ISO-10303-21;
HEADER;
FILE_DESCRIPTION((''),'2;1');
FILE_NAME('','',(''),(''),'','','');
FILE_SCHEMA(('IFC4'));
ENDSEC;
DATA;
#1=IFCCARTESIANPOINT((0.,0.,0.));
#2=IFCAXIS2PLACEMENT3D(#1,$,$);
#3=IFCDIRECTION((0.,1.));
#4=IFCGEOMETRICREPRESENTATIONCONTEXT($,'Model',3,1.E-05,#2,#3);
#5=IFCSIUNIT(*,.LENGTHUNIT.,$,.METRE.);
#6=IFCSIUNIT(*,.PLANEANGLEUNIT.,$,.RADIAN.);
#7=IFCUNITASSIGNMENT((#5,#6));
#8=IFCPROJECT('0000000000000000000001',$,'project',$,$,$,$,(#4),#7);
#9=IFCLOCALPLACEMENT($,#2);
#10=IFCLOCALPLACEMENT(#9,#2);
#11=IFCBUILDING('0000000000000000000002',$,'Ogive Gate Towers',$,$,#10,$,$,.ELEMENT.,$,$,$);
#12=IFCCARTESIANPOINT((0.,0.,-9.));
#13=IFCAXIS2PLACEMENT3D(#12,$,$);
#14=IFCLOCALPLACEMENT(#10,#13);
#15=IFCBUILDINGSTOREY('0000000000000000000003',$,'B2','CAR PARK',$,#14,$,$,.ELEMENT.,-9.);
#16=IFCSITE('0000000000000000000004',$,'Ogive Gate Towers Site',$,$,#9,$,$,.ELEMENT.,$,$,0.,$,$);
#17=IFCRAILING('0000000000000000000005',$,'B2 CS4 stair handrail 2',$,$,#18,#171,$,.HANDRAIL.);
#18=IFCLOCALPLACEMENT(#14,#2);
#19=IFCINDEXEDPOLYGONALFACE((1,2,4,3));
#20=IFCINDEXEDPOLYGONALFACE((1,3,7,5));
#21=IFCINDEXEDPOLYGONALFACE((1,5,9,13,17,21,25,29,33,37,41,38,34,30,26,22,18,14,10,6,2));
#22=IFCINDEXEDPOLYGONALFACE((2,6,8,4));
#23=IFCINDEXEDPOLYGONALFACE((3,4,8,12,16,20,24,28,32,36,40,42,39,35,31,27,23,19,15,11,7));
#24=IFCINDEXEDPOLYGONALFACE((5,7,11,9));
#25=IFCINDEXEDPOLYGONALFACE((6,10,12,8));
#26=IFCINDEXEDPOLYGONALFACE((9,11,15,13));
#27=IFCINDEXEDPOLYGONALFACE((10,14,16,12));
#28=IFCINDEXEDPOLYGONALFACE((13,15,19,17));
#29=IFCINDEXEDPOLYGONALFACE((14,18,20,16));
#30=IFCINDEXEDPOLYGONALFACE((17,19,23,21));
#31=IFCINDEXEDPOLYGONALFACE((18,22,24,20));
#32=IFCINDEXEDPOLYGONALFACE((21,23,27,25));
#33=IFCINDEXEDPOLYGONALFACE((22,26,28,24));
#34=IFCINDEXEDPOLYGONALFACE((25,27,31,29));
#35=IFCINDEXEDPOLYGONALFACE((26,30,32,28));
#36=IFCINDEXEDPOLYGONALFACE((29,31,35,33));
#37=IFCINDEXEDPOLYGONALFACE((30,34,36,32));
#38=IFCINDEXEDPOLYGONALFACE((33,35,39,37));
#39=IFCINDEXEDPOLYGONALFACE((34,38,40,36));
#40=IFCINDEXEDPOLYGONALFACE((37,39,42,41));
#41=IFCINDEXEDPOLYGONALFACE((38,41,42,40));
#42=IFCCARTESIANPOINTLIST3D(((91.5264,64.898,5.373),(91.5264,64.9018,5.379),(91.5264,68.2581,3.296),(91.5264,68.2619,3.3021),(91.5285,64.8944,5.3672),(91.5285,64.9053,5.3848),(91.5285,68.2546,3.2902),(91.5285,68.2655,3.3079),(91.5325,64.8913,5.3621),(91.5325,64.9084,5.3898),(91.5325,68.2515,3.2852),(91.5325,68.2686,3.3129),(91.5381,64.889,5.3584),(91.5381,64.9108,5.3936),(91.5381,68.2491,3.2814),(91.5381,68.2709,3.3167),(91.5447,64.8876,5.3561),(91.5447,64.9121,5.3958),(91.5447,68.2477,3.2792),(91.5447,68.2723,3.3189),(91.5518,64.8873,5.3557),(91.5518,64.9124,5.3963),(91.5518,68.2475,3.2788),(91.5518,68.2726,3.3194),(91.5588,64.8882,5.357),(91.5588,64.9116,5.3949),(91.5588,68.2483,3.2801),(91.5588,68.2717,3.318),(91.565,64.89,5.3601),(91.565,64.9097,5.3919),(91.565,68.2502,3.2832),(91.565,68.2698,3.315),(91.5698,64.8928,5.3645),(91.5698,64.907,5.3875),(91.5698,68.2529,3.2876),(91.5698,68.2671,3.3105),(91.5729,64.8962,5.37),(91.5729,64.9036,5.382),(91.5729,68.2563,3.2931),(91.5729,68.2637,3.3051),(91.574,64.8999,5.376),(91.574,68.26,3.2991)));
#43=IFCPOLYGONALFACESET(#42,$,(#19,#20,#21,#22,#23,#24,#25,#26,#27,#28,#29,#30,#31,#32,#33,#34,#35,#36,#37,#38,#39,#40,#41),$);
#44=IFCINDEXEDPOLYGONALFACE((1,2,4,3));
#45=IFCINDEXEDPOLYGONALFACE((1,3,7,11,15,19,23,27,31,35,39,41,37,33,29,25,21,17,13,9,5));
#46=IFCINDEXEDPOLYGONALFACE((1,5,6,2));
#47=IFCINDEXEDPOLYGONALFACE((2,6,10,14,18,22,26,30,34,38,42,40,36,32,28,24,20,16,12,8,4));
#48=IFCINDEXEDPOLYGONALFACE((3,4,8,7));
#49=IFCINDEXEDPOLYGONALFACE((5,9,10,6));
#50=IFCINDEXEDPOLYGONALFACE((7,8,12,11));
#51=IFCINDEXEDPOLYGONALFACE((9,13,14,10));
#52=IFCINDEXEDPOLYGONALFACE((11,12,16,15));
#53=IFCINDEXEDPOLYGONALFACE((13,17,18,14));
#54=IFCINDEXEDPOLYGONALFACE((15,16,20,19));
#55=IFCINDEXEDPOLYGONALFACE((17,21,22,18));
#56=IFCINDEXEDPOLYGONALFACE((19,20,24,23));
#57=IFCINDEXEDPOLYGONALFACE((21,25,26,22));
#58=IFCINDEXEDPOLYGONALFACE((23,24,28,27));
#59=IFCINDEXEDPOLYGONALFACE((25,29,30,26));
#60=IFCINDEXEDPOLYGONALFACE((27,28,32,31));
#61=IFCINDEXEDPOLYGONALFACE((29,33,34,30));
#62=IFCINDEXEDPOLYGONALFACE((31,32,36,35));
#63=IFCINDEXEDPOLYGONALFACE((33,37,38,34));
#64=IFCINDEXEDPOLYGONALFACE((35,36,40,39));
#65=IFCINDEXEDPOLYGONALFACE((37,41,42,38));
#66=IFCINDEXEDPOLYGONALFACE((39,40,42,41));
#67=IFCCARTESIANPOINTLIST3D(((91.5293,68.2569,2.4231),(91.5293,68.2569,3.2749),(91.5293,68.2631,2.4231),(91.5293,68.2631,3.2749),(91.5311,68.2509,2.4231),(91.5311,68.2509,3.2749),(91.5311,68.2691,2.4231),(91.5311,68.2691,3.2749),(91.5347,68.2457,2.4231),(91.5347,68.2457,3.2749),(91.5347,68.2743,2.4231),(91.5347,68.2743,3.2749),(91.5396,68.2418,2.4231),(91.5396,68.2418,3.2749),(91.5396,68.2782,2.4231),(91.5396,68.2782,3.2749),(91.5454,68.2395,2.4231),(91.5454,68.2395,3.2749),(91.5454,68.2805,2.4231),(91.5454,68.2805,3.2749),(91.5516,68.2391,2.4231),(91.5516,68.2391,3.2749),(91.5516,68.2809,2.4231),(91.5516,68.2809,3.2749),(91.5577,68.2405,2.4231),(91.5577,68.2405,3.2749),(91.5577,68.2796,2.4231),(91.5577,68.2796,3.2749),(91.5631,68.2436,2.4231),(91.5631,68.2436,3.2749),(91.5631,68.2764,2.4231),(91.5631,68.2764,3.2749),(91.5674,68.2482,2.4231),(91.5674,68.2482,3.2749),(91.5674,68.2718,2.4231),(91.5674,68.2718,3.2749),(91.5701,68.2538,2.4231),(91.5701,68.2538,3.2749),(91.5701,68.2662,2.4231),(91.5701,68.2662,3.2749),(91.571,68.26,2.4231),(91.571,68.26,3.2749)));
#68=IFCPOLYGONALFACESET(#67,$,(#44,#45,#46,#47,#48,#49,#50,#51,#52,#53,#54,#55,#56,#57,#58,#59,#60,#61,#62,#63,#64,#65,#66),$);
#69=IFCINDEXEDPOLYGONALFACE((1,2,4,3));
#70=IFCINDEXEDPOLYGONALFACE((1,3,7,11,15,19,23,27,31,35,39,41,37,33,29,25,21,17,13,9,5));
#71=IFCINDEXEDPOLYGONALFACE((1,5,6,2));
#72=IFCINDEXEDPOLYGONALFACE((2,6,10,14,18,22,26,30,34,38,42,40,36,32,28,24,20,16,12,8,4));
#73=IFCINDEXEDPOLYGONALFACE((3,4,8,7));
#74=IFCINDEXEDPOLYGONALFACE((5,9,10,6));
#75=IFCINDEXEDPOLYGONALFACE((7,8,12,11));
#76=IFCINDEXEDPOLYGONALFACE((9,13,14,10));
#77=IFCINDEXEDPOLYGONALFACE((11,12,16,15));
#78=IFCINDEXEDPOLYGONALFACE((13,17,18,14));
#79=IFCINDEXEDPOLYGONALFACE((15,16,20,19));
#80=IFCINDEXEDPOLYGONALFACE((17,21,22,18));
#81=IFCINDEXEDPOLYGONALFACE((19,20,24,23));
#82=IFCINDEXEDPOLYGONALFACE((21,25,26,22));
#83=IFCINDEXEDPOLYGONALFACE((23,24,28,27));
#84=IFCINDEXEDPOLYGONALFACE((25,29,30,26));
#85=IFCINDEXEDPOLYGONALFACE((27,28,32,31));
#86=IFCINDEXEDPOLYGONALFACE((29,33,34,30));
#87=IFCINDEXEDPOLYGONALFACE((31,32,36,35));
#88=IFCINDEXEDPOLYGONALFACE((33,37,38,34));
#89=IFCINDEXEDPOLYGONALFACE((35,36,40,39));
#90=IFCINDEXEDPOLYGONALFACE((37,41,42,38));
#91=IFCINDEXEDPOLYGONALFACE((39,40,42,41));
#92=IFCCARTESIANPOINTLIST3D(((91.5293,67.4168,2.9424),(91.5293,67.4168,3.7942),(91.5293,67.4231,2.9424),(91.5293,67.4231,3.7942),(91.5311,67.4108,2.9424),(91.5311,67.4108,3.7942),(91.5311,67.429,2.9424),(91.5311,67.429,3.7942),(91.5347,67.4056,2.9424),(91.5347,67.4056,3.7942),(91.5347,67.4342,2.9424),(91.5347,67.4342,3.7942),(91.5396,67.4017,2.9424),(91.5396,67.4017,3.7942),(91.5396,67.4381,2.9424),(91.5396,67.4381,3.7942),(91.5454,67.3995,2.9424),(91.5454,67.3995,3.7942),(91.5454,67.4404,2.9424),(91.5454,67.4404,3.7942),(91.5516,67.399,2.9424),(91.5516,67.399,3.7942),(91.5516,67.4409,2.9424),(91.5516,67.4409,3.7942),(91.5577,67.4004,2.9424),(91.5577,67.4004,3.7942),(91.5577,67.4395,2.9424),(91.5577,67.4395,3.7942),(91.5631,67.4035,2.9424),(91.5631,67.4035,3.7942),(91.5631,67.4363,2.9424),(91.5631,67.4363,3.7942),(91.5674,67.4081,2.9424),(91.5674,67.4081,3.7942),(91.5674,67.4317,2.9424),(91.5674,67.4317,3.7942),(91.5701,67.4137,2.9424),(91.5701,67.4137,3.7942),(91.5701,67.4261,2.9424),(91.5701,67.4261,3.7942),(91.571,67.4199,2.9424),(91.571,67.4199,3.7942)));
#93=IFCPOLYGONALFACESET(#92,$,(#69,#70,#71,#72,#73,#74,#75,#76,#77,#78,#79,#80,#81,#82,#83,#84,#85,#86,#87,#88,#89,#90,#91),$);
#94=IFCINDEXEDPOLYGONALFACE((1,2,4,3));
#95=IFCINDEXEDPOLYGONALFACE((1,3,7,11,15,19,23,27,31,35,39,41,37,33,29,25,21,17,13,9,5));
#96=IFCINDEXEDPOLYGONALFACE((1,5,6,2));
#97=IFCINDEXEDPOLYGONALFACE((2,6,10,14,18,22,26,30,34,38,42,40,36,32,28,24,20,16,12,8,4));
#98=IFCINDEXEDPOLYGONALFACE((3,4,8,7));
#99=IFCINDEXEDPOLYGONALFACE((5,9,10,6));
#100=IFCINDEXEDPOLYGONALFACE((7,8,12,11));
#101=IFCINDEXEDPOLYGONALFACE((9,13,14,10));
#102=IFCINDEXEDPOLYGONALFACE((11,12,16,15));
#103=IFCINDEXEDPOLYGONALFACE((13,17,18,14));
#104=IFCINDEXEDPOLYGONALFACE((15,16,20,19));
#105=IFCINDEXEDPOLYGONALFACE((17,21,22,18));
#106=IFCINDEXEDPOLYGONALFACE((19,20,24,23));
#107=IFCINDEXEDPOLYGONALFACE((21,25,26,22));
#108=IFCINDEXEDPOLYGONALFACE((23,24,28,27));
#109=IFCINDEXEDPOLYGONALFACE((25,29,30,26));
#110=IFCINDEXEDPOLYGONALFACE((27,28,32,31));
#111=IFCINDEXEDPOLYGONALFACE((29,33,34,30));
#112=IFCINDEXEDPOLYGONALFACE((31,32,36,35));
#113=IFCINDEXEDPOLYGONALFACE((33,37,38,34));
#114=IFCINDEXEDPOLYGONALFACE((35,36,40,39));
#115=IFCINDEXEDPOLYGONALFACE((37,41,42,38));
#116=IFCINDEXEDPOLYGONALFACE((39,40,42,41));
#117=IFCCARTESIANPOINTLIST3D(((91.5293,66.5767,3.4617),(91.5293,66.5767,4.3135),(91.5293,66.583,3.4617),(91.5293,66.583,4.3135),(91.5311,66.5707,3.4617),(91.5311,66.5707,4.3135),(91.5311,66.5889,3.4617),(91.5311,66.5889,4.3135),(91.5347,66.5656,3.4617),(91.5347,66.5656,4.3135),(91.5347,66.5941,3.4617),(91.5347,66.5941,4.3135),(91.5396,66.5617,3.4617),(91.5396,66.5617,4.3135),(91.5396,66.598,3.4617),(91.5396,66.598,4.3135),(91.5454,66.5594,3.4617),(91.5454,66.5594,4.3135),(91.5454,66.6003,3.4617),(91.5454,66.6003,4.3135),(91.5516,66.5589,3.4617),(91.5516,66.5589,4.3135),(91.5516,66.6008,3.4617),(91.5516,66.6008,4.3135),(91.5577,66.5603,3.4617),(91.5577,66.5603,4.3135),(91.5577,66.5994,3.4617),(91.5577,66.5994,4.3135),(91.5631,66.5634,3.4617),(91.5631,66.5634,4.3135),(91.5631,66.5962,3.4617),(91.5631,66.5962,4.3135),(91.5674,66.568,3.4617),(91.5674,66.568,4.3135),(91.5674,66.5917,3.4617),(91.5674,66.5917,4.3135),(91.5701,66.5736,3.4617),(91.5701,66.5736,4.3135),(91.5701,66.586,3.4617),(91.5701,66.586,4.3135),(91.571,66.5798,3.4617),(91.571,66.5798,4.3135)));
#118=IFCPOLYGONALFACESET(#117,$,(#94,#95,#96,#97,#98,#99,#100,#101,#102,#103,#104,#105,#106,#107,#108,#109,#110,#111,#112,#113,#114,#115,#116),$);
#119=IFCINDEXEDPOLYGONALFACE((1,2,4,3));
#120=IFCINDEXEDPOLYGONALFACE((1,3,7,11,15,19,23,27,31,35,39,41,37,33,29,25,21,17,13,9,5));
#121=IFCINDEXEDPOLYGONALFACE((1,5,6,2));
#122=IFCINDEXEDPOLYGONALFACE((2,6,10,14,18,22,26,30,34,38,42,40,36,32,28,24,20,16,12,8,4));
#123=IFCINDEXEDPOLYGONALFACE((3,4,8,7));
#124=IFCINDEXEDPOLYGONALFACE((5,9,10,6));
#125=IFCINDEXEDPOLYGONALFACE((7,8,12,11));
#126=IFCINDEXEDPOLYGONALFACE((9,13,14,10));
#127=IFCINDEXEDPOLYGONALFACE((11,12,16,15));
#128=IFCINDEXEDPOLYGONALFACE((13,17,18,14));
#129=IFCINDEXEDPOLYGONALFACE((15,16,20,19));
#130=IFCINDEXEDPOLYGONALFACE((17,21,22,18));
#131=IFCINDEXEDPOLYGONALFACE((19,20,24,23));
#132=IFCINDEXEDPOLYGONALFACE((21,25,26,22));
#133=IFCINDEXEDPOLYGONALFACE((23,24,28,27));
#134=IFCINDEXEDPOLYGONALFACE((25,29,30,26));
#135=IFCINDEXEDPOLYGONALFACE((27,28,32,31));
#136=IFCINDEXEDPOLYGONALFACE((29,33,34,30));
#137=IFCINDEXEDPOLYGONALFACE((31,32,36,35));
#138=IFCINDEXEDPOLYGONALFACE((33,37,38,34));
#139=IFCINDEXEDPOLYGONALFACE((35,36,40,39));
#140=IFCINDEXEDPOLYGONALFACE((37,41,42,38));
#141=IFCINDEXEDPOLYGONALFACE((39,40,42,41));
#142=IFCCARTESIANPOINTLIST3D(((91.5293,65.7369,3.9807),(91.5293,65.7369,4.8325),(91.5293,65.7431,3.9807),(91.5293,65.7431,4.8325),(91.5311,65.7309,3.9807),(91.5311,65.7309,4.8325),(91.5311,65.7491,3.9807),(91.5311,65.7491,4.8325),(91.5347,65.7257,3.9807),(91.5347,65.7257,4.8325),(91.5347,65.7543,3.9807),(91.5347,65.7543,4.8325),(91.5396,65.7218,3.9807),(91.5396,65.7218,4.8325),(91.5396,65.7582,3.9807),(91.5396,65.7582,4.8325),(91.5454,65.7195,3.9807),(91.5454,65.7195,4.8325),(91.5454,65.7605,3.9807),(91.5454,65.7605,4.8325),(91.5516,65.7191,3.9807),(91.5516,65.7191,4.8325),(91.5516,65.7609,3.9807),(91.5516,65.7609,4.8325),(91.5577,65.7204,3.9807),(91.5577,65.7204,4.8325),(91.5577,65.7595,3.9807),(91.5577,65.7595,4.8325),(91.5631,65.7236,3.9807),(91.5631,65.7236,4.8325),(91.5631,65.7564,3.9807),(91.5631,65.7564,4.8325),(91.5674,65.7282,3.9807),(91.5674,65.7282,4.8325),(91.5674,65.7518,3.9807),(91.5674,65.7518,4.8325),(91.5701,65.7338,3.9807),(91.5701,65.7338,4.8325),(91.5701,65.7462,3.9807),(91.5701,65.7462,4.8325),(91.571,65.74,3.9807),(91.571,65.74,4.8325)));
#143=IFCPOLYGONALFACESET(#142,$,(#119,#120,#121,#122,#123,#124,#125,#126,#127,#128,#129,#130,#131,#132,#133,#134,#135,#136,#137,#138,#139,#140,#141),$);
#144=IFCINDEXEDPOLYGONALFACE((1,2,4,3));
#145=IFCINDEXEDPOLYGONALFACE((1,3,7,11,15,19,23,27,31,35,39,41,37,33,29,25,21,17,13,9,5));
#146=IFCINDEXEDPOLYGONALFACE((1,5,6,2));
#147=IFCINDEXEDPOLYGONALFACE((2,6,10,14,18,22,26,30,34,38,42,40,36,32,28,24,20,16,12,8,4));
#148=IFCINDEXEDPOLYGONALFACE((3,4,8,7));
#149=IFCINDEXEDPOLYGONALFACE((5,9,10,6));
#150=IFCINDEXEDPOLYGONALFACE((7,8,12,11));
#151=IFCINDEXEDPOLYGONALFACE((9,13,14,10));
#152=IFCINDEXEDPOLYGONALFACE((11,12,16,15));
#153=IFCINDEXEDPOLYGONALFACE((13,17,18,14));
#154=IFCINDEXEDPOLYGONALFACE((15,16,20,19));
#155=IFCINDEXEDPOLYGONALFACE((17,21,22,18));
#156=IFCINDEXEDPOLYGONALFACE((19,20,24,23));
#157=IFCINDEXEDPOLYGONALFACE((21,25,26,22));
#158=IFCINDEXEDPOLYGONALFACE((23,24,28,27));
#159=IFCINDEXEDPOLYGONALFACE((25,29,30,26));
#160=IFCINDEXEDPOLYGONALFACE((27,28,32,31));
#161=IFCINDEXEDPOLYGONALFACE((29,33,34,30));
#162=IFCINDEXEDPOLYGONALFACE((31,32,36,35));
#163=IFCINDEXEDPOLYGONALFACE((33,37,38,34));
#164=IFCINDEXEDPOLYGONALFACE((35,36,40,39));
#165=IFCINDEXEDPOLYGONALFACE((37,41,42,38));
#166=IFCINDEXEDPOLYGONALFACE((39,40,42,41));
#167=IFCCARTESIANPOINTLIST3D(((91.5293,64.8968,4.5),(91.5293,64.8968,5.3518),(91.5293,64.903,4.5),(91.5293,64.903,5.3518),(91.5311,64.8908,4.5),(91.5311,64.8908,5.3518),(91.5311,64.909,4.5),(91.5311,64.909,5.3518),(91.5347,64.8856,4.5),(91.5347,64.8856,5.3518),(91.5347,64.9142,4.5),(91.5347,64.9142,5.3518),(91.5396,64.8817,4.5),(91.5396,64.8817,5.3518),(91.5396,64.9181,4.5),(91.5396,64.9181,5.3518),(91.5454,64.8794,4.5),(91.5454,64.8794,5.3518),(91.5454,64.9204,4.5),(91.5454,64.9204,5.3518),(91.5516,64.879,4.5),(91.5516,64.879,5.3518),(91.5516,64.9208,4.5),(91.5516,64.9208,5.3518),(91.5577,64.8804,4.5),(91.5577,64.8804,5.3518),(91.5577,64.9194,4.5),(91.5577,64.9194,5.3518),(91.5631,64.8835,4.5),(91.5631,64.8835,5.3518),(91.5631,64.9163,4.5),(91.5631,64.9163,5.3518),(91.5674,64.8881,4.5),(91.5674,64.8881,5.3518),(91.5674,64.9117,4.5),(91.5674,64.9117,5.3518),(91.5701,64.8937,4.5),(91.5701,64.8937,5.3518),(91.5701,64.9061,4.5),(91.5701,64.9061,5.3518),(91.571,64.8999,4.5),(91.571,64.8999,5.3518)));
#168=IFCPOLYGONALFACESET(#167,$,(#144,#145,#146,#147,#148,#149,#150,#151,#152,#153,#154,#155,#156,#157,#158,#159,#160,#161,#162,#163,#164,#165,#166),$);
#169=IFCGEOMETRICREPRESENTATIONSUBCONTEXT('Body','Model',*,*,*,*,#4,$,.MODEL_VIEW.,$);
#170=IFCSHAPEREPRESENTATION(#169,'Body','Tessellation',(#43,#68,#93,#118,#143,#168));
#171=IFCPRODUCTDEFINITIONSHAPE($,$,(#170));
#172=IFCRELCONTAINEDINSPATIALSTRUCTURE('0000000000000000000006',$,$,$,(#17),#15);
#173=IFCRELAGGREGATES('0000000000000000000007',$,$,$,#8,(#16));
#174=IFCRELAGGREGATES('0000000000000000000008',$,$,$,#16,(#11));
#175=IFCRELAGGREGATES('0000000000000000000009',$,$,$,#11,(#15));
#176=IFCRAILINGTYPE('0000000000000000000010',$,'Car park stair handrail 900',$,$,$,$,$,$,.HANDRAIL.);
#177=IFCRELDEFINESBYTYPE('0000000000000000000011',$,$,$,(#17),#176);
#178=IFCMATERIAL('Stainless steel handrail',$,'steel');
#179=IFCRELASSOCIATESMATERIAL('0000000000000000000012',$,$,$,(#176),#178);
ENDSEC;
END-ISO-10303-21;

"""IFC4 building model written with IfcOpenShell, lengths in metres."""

from ifc_helpers import new_model, si_unit, direction, frame, origin, origin_2d, place, context, subcontext, project, spatial, circle, extrude, material, type_object, element, save


model = new_model("IFC4")

# Units and contexts
model_context = context("Model", 3, precision=1e-05, world=origin(), true_north=direction((0.0, 1.0)))
body_context = subcontext(model_context, "Body", "Model", "MODEL_VIEW")
ifc_project = project(units=[si_unit("LENGTHUNIT", "METRE"), si_unit("PLANEANGLEUNIT", "RADIAN")], contexts=[model_context])

# Site, building, storey
site_placement = place(None, origin())
site = spatial("IfcSite", under=ifc_project, at=site_placement, Name="Ogive Gate Towers Site", CompositionType="ELEMENT", RefElevation=0.0)
building_placement = place(site_placement, origin())
building = spatial("IfcBuilding", under=site, at=building_placement, Name="Ogive Gate Towers", CompositionType="ELEMENT")
storey_placement = place(building_placement, frame((0.0, 0.0, -9.0)))
storey = spatial("IfcBuildingStorey", under=building, at=storey_placement, Name="B2", Description="CAR PARK", CompositionType="ELEMENT", Elevation=-9.0)

# Railing
ifc_material_1 = material(Name="Stainless steel handrail", Category="steel")
railing_type_1 = type_object("IfcRailingType", Name="Car park stair handrail 900", PredefinedType="HANDRAIL", material=ifc_material_1)
railing_1_placement = place(storey_placement, frame((91.55, 68.26, 2.4231)))
element("IfcRailing", 1, at=railing_1_placement, inside=storey, type_object=railing_type_1, Name="B2 CS4 stair handrail 2", PredefinedType="HANDRAIL", context=body_context, shape_type="SweptSolid", body=[
    extrude(circle(Radius=0.0239, at=origin_2d()), frame((0.0, 0.0, 0.876), z_axis=(0.0, -0.850623, 0.525776), x_axis=(1.0, 0.0, 0.0)), (0.0, 0.0, 1.0), 3.9502),
    extrude(circle(Radius=0.021, at=origin_2d()), origin(), (0.0, 0.0, 1.0), 0.8518),
    extrude(circle(Radius=0.021, at=origin_2d()), frame((0.0, -0.8401, 0.5193)), (0.0, 0.0, 1.0), 0.8518),
    extrude(circle(Radius=0.021, at=origin_2d()), frame((0.0, -1.6802, 1.0386)), (0.0, 0.0, 1.0), 0.8518),
    extrude(circle(Radius=0.021, at=origin_2d()), frame((0.0, -2.52, 1.5576)), (0.0, 0.0, 1.0), 0.8518),
    extrude(circle(Radius=0.021, at=origin_2d()), frame((0.0, -3.3601, 2.0769)), (0.0, 0.0, 1.0), 0.8518),
])

save(model, "model.ifc")
